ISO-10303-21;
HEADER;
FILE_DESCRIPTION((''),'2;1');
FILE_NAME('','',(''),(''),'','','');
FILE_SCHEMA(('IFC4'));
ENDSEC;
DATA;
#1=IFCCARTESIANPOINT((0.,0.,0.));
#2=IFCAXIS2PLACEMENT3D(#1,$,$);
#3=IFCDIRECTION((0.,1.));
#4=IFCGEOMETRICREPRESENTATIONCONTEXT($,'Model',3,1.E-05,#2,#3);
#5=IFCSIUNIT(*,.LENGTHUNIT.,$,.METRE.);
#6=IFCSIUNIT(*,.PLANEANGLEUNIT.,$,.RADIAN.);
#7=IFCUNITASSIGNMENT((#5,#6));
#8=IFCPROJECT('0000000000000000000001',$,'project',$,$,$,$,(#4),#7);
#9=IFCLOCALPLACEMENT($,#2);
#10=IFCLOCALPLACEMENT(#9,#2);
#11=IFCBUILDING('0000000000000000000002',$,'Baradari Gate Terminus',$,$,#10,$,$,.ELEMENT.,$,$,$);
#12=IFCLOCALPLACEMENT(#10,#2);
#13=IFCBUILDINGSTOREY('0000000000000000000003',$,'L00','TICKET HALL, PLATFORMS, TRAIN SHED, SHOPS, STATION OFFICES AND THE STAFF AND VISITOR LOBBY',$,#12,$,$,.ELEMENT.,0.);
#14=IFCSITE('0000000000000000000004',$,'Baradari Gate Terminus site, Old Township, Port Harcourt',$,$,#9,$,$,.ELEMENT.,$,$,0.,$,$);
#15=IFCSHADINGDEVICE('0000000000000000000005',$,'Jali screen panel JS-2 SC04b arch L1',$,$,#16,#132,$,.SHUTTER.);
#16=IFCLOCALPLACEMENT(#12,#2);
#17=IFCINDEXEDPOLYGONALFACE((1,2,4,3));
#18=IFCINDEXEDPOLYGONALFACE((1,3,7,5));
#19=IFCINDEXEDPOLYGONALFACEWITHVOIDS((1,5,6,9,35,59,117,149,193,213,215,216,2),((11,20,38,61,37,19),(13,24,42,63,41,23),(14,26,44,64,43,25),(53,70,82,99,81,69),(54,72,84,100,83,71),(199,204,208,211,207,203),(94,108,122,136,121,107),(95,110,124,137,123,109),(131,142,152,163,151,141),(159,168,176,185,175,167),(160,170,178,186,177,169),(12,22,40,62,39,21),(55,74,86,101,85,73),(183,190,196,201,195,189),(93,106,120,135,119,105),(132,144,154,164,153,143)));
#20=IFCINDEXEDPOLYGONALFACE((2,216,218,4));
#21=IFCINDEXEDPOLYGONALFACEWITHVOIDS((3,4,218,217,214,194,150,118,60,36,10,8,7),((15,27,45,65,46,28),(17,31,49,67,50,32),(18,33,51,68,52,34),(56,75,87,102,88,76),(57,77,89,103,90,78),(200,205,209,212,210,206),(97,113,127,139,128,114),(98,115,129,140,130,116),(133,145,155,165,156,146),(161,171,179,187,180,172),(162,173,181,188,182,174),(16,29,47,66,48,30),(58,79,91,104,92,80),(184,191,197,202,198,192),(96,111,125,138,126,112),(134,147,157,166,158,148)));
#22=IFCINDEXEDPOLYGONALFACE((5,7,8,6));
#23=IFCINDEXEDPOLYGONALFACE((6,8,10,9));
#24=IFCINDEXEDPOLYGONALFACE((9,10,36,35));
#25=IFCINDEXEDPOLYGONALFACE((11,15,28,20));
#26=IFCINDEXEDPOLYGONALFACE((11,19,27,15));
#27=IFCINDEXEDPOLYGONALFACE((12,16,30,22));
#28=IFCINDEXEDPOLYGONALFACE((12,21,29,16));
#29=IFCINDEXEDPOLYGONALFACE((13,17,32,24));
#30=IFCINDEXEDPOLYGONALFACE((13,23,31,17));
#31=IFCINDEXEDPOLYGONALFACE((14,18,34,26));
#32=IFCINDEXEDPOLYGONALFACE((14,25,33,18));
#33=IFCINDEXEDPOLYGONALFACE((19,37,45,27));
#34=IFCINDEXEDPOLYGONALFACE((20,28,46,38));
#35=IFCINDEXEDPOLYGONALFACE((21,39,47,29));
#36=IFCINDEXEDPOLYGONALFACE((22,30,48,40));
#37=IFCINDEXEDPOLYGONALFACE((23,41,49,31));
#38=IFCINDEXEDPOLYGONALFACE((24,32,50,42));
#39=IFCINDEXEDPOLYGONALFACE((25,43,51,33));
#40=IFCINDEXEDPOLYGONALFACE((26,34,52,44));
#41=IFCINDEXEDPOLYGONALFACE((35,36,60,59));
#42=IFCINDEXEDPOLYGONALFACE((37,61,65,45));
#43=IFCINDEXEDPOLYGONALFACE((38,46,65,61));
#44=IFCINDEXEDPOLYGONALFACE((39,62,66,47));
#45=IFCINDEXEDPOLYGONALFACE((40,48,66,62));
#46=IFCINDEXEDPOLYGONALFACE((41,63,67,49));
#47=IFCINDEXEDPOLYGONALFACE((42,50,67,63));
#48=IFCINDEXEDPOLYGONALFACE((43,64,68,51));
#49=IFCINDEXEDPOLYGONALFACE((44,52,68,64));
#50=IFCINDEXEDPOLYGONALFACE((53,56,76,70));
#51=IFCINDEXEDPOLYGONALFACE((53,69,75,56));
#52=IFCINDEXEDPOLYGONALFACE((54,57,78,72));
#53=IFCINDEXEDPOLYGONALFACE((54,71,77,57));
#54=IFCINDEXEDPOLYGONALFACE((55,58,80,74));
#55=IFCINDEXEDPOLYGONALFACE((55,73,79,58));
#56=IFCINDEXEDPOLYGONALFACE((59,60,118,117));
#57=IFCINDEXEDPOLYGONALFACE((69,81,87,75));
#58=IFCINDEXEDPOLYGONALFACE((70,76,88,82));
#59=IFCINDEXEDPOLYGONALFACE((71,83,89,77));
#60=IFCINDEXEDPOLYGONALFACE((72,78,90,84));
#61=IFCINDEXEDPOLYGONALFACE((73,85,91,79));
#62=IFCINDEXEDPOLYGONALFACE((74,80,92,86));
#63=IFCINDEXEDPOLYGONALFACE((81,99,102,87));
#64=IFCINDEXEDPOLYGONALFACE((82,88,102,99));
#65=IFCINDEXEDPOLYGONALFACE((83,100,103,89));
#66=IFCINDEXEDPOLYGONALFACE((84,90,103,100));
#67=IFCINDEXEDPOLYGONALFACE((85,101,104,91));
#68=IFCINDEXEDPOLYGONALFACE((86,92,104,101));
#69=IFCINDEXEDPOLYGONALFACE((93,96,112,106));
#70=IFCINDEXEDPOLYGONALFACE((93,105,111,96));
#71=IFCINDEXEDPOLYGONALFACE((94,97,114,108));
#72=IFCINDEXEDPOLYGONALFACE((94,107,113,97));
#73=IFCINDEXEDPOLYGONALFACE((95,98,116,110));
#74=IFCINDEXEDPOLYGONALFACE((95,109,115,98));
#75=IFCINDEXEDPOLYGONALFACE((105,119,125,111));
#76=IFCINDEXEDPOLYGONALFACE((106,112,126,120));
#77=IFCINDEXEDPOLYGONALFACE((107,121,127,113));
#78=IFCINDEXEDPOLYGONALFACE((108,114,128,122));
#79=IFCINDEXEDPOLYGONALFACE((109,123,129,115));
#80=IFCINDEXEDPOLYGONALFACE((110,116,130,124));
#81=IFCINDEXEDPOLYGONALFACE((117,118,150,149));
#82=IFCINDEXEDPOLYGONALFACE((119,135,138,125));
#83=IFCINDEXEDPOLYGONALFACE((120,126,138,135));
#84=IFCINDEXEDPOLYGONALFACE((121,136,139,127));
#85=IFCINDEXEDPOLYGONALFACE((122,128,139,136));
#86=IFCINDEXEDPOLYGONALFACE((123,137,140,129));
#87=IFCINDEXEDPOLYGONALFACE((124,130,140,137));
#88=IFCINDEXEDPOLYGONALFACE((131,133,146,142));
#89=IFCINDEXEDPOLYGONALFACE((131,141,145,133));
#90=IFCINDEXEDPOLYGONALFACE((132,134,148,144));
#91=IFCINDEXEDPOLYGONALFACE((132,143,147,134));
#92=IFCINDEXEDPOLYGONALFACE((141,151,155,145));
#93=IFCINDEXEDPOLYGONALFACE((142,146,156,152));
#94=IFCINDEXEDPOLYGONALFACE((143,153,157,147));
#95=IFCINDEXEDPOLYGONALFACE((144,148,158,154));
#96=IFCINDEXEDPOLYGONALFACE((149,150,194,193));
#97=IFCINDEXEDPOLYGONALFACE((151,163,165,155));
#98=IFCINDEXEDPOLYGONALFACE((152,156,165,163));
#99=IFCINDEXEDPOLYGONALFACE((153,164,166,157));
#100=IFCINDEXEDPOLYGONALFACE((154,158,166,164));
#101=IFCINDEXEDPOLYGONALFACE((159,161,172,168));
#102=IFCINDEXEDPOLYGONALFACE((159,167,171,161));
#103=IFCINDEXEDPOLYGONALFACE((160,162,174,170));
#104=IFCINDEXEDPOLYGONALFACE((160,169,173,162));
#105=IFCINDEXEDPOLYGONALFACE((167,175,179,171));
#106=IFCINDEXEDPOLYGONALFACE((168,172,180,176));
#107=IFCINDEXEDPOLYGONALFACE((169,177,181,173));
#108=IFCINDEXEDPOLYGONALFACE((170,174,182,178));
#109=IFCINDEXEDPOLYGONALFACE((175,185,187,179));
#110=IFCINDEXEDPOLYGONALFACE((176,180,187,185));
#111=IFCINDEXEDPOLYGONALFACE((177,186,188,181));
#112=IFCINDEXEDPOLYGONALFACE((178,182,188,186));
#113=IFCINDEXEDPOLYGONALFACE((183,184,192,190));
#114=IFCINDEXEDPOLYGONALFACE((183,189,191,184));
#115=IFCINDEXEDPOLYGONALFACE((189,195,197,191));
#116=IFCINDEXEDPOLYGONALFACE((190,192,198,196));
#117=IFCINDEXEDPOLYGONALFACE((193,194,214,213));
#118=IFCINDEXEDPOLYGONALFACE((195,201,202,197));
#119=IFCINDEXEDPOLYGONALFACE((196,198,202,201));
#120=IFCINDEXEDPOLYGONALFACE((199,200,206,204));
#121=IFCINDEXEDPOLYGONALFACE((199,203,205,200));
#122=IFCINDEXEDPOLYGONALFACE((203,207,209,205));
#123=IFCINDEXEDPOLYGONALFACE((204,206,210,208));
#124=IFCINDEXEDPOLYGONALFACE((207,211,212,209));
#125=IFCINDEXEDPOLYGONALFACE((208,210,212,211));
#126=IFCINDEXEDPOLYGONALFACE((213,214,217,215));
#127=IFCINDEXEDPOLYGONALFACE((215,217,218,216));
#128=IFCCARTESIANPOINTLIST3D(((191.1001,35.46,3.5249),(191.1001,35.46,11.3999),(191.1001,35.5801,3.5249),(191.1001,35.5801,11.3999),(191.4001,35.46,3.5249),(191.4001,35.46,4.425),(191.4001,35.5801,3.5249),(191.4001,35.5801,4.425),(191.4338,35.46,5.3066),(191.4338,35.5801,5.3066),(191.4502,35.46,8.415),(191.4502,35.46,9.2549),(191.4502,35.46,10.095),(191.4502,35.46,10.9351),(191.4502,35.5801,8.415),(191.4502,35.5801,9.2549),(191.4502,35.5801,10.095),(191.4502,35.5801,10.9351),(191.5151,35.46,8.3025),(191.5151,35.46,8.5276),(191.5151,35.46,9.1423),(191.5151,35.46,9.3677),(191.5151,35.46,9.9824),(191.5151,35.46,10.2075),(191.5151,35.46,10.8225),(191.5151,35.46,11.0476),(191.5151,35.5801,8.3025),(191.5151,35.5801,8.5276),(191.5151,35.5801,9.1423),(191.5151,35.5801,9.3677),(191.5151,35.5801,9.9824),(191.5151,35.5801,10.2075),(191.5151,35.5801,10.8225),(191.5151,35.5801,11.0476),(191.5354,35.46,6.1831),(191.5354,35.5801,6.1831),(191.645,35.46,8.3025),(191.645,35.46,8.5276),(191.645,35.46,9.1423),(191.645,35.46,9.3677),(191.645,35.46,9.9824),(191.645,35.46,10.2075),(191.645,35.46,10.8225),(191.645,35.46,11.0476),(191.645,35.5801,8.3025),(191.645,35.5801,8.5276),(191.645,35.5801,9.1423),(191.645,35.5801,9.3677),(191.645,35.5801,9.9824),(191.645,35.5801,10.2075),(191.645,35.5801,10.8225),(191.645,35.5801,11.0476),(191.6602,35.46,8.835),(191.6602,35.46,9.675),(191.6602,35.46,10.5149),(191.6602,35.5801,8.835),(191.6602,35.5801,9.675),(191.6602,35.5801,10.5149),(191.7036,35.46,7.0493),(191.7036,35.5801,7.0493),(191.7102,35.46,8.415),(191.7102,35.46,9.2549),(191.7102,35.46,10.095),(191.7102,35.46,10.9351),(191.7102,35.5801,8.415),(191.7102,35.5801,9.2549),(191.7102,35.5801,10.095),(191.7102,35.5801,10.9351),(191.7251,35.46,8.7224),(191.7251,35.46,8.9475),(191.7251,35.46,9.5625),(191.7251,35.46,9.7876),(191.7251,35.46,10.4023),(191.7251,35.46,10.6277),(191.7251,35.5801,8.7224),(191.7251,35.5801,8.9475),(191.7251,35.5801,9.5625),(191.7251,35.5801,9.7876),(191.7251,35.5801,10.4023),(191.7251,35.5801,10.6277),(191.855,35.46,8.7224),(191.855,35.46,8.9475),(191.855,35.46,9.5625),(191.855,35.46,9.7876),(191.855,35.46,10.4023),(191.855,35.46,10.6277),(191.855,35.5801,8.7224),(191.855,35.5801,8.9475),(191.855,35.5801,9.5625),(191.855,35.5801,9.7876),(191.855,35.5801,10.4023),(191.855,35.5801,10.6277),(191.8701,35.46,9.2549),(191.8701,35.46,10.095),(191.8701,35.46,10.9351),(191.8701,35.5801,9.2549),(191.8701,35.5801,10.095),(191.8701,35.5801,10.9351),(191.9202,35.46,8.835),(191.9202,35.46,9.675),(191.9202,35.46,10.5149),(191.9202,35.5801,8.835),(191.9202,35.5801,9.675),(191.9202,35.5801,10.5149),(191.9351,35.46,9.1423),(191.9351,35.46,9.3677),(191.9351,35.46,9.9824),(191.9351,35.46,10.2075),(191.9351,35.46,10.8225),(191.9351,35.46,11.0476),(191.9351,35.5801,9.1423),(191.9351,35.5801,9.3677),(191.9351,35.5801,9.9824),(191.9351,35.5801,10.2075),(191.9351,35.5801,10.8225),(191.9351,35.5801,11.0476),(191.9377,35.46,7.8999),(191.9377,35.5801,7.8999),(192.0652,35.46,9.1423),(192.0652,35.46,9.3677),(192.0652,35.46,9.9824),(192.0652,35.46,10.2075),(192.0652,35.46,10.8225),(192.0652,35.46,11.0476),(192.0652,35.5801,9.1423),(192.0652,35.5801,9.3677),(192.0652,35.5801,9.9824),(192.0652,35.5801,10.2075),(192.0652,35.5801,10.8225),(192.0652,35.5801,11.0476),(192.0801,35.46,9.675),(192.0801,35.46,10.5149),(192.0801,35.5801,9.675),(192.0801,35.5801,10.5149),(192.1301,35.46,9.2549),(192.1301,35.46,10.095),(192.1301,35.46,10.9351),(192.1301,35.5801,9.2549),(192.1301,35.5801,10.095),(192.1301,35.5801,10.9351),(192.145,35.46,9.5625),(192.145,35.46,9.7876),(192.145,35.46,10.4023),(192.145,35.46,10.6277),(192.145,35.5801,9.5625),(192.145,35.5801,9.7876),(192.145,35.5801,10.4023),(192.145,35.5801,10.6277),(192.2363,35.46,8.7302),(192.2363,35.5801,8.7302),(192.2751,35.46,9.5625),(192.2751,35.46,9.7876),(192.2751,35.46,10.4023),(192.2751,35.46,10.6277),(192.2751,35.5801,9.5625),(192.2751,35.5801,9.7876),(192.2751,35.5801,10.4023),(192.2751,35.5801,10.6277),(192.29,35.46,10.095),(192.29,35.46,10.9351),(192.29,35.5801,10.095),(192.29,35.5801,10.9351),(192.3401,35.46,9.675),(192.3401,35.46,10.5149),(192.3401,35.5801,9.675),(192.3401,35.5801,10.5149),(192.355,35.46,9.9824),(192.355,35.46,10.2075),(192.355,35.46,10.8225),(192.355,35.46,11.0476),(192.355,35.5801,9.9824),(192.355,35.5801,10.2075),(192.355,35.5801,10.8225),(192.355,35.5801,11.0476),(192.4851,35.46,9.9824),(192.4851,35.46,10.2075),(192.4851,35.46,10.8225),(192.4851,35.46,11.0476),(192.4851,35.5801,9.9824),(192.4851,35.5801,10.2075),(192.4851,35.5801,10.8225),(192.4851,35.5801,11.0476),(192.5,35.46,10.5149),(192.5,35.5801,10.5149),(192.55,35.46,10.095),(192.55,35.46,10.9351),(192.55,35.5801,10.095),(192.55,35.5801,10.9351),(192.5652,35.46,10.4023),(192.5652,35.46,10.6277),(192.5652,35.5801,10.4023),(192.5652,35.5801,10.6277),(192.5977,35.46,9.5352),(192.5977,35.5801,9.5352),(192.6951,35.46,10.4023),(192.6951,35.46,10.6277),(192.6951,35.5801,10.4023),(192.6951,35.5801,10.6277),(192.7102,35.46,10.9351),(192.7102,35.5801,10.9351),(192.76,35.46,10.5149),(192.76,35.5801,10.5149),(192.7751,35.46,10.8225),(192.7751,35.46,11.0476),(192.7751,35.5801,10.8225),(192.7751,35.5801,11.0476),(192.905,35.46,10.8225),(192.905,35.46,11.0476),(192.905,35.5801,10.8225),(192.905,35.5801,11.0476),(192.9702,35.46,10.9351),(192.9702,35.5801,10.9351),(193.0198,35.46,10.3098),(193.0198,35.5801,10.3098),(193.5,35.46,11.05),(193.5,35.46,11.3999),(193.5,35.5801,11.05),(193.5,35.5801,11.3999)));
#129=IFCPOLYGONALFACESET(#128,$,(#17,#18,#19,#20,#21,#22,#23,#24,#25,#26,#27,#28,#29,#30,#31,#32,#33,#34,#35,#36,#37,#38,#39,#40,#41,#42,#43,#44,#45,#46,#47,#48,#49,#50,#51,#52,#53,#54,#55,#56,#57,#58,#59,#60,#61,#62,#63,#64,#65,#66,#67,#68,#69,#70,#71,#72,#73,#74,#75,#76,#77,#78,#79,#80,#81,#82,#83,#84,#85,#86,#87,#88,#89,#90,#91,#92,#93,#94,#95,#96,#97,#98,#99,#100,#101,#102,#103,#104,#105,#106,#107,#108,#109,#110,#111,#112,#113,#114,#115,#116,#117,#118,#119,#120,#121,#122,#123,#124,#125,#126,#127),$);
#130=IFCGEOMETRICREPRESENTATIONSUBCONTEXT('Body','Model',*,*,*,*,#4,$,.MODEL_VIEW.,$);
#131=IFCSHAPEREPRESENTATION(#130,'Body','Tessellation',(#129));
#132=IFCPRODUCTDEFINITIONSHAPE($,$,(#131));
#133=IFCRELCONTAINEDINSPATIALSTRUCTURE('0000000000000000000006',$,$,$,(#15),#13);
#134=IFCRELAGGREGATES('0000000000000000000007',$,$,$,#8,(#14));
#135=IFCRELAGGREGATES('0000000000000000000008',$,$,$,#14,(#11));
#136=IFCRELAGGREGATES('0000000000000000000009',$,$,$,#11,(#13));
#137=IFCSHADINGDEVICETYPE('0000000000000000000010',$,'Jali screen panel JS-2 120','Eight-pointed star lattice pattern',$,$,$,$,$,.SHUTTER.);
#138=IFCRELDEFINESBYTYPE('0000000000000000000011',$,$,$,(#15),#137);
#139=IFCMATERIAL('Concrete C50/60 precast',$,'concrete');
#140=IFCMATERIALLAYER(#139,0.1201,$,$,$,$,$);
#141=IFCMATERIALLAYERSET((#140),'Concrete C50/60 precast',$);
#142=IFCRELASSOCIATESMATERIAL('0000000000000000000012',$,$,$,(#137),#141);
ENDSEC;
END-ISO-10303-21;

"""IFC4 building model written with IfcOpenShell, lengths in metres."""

from ifc_helpers import new_model, si_unit, direction, frame, origin, place, context, subcontext, project, spatial, polyline, outline, extrude, material, layer, layer_set, type_object, element, save


model = new_model("IFC4")

# Units and contexts
model_context = context("Model", 3, precision=1e-05, world=origin(), true_north=direction((0.0, 1.0)))
body_context = subcontext(model_context, "Body", "Model", "MODEL_VIEW")
ifc_project = project(units=[si_unit("LENGTHUNIT", "METRE"), si_unit("PLANEANGLEUNIT", "RADIAN")], contexts=[model_context])

# Site, building, storey
site_placement = place(None, origin())
site = spatial("IfcSite", under=ifc_project, at=site_placement, Name="Baradari Gate Terminus site, Old Township, Port Harcourt", CompositionType="ELEMENT", RefElevation=0.0)
building_placement = place(site_placement, origin())
building = spatial("IfcBuilding", under=site, at=building_placement, Name="Baradari Gate Terminus", CompositionType="ELEMENT")
storey_placement = place(building_placement, origin())
storey = spatial("IfcBuildingStorey", under=building, at=storey_placement, Name="L00", Description="TICKET HALL, PLATFORMS, TRAIN SHED, SHOPS, STATION OFFICES AND THE STAFF AND VISITOR LOBBY", CompositionType="ELEMENT", Elevation=0.0)

# Shading device
ifc_material_1 = material(Name="Concrete C50/60 precast", Category="concrete")
ifc_layer_1 = layer(ifc_material_1, 0.1201)
ifc_layer_set_1 = layer_set([ifc_layer_1], Name="Concrete C50/60 precast")
shading_device_type = type_object("IfcShadingDeviceType", Name="Jali screen panel JS-2 120", Description="Eight-pointed star lattice pattern", PredefinedType="SHUTTER", material=ifc_layer_set_1)
shading_device_1_placement = place(storey_placement, frame((191.1001, 35.52, 3.5249), z_axis=(0.0, 0.0, 1.0), x_axis=(1.0, 0.0, 0.0)))
element("IfcShadingDevice", 1, at=shading_device_1_placement, inside=storey, type_object=shading_device_type, Name="Jali screen panel JS-2 SC04b arch L1", PredefinedType="SHUTTER", context=body_context, shape_type="SweptSolid", body=[
    extrude(outline(polyline([(0.0, 0.0), (0.3, 0.0), (0.3, 0.9001), (0.3337, 1.7817), (0.4353, 2.6582), (0.6035, 3.5244), (0.8376, 4.375), (1.1362, 5.2053), (1.4976, 6.0103), (1.9197, 6.7849), (2.3999, 7.5251), (2.3999, 7.875), (0.0, 7.875), (0.0, 0.0)]), holes=[polyline([(0.6101, 4.8901), (0.5449, 4.7776), (0.415, 4.7776), (0.3501, 4.8901), (0.415, 5.0027), (0.5449, 5.0027), (0.6101, 4.8901)]), polyline([(0.8201, 5.3101), (0.7549, 5.1975), (0.625, 5.1975), (0.5601, 5.3101), (0.625, 5.4226), (0.7549, 5.4226), (0.8201, 5.3101)]), polyline([(0.6101, 5.73), (0.5449, 5.6174), (0.415, 5.6174), (0.3501, 5.73), (0.415, 5.8428), (0.5449, 5.8428), (0.6101, 5.73)]), polyline([(1.03, 5.73), (0.9651, 5.6174), (0.835, 5.6174), (0.77, 5.73), (0.835, 5.8428), (0.9651, 5.8428), (1.03, 5.73)]), polyline([(0.8201, 6.1501), (0.7549, 6.0376), (0.625, 6.0376), (0.5601, 6.1501), (0.625, 6.2627), (0.7549, 6.2627), (0.8201, 6.1501)]), polyline([(1.24, 6.1501), (1.175, 6.0376), (1.0449, 6.0376), (0.98, 6.1501), (1.0449, 6.2627), (1.175, 6.2627), (1.24, 6.1501)]), polyline([(0.6101, 6.5701), (0.5449, 6.4575), (0.415, 6.4575), (0.3501, 6.5701), (0.415, 6.6826), (0.5449, 6.6826), (0.6101, 6.5701)]), polyline([(1.03, 6.5701), (0.9651, 6.4575), (0.835, 6.4575), (0.77, 6.5701), (0.835, 6.6826), (0.9651, 6.6826), (1.03, 6.5701)]), polyline([(1.45, 6.5701), (1.385, 6.4575), (1.2549, 6.4575), (1.1899, 6.5701), (1.2549, 6.6826), (1.385, 6.6826), (1.45, 6.5701)]), polyline([(0.8201, 6.99), (0.7549, 6.8774), (0.625, 6.8774), (0.5601, 6.99), (0.625, 7.1028), (0.7549, 7.1028), (0.8201, 6.99)]), polyline([(1.24, 6.99), (1.175, 6.8774), (1.0449, 6.8774), (0.98, 6.99), (1.0449, 7.1028), (1.175, 7.1028), (1.24, 6.99)]), polyline([(1.6599, 6.99), (1.595, 6.8774), (1.4651, 6.8774), (1.3999, 6.99), (1.4651, 7.1028), (1.595, 7.1028), (1.6599, 6.99)]), polyline([(0.6101, 7.4102), (0.5449, 7.2976), (0.415, 7.2976), (0.3501, 7.4102), (0.415, 7.5227), (0.5449, 7.5227), (0.6101, 7.4102)]), polyline([(1.03, 7.4102), (0.9651, 7.2976), (0.835, 7.2976), (0.77, 7.4102), (0.835, 7.5227), (0.9651, 7.5227), (1.03, 7.4102)]), polyline([(1.45, 7.4102), (1.385, 7.2976), (1.2549, 7.2976), (1.1899, 7.4102), (1.2549, 7.5227), (1.385, 7.5227), (1.45, 7.4102)]), polyline([(1.8701, 7.4102), (1.8049, 7.2976), (1.675, 7.2976), (1.6101, 7.4102), (1.675, 7.5227), (1.8049, 7.5227), (1.8701, 7.4102)])]), frame((0.0, 0.0601, 0.0), z_axis=(0.0, -1.0, 0.0), x_axis=(1.0, 0.0, 0.0)), (0.0, 0.0, 1.0), 0.1201),
])

save(model, "model.ifc")
